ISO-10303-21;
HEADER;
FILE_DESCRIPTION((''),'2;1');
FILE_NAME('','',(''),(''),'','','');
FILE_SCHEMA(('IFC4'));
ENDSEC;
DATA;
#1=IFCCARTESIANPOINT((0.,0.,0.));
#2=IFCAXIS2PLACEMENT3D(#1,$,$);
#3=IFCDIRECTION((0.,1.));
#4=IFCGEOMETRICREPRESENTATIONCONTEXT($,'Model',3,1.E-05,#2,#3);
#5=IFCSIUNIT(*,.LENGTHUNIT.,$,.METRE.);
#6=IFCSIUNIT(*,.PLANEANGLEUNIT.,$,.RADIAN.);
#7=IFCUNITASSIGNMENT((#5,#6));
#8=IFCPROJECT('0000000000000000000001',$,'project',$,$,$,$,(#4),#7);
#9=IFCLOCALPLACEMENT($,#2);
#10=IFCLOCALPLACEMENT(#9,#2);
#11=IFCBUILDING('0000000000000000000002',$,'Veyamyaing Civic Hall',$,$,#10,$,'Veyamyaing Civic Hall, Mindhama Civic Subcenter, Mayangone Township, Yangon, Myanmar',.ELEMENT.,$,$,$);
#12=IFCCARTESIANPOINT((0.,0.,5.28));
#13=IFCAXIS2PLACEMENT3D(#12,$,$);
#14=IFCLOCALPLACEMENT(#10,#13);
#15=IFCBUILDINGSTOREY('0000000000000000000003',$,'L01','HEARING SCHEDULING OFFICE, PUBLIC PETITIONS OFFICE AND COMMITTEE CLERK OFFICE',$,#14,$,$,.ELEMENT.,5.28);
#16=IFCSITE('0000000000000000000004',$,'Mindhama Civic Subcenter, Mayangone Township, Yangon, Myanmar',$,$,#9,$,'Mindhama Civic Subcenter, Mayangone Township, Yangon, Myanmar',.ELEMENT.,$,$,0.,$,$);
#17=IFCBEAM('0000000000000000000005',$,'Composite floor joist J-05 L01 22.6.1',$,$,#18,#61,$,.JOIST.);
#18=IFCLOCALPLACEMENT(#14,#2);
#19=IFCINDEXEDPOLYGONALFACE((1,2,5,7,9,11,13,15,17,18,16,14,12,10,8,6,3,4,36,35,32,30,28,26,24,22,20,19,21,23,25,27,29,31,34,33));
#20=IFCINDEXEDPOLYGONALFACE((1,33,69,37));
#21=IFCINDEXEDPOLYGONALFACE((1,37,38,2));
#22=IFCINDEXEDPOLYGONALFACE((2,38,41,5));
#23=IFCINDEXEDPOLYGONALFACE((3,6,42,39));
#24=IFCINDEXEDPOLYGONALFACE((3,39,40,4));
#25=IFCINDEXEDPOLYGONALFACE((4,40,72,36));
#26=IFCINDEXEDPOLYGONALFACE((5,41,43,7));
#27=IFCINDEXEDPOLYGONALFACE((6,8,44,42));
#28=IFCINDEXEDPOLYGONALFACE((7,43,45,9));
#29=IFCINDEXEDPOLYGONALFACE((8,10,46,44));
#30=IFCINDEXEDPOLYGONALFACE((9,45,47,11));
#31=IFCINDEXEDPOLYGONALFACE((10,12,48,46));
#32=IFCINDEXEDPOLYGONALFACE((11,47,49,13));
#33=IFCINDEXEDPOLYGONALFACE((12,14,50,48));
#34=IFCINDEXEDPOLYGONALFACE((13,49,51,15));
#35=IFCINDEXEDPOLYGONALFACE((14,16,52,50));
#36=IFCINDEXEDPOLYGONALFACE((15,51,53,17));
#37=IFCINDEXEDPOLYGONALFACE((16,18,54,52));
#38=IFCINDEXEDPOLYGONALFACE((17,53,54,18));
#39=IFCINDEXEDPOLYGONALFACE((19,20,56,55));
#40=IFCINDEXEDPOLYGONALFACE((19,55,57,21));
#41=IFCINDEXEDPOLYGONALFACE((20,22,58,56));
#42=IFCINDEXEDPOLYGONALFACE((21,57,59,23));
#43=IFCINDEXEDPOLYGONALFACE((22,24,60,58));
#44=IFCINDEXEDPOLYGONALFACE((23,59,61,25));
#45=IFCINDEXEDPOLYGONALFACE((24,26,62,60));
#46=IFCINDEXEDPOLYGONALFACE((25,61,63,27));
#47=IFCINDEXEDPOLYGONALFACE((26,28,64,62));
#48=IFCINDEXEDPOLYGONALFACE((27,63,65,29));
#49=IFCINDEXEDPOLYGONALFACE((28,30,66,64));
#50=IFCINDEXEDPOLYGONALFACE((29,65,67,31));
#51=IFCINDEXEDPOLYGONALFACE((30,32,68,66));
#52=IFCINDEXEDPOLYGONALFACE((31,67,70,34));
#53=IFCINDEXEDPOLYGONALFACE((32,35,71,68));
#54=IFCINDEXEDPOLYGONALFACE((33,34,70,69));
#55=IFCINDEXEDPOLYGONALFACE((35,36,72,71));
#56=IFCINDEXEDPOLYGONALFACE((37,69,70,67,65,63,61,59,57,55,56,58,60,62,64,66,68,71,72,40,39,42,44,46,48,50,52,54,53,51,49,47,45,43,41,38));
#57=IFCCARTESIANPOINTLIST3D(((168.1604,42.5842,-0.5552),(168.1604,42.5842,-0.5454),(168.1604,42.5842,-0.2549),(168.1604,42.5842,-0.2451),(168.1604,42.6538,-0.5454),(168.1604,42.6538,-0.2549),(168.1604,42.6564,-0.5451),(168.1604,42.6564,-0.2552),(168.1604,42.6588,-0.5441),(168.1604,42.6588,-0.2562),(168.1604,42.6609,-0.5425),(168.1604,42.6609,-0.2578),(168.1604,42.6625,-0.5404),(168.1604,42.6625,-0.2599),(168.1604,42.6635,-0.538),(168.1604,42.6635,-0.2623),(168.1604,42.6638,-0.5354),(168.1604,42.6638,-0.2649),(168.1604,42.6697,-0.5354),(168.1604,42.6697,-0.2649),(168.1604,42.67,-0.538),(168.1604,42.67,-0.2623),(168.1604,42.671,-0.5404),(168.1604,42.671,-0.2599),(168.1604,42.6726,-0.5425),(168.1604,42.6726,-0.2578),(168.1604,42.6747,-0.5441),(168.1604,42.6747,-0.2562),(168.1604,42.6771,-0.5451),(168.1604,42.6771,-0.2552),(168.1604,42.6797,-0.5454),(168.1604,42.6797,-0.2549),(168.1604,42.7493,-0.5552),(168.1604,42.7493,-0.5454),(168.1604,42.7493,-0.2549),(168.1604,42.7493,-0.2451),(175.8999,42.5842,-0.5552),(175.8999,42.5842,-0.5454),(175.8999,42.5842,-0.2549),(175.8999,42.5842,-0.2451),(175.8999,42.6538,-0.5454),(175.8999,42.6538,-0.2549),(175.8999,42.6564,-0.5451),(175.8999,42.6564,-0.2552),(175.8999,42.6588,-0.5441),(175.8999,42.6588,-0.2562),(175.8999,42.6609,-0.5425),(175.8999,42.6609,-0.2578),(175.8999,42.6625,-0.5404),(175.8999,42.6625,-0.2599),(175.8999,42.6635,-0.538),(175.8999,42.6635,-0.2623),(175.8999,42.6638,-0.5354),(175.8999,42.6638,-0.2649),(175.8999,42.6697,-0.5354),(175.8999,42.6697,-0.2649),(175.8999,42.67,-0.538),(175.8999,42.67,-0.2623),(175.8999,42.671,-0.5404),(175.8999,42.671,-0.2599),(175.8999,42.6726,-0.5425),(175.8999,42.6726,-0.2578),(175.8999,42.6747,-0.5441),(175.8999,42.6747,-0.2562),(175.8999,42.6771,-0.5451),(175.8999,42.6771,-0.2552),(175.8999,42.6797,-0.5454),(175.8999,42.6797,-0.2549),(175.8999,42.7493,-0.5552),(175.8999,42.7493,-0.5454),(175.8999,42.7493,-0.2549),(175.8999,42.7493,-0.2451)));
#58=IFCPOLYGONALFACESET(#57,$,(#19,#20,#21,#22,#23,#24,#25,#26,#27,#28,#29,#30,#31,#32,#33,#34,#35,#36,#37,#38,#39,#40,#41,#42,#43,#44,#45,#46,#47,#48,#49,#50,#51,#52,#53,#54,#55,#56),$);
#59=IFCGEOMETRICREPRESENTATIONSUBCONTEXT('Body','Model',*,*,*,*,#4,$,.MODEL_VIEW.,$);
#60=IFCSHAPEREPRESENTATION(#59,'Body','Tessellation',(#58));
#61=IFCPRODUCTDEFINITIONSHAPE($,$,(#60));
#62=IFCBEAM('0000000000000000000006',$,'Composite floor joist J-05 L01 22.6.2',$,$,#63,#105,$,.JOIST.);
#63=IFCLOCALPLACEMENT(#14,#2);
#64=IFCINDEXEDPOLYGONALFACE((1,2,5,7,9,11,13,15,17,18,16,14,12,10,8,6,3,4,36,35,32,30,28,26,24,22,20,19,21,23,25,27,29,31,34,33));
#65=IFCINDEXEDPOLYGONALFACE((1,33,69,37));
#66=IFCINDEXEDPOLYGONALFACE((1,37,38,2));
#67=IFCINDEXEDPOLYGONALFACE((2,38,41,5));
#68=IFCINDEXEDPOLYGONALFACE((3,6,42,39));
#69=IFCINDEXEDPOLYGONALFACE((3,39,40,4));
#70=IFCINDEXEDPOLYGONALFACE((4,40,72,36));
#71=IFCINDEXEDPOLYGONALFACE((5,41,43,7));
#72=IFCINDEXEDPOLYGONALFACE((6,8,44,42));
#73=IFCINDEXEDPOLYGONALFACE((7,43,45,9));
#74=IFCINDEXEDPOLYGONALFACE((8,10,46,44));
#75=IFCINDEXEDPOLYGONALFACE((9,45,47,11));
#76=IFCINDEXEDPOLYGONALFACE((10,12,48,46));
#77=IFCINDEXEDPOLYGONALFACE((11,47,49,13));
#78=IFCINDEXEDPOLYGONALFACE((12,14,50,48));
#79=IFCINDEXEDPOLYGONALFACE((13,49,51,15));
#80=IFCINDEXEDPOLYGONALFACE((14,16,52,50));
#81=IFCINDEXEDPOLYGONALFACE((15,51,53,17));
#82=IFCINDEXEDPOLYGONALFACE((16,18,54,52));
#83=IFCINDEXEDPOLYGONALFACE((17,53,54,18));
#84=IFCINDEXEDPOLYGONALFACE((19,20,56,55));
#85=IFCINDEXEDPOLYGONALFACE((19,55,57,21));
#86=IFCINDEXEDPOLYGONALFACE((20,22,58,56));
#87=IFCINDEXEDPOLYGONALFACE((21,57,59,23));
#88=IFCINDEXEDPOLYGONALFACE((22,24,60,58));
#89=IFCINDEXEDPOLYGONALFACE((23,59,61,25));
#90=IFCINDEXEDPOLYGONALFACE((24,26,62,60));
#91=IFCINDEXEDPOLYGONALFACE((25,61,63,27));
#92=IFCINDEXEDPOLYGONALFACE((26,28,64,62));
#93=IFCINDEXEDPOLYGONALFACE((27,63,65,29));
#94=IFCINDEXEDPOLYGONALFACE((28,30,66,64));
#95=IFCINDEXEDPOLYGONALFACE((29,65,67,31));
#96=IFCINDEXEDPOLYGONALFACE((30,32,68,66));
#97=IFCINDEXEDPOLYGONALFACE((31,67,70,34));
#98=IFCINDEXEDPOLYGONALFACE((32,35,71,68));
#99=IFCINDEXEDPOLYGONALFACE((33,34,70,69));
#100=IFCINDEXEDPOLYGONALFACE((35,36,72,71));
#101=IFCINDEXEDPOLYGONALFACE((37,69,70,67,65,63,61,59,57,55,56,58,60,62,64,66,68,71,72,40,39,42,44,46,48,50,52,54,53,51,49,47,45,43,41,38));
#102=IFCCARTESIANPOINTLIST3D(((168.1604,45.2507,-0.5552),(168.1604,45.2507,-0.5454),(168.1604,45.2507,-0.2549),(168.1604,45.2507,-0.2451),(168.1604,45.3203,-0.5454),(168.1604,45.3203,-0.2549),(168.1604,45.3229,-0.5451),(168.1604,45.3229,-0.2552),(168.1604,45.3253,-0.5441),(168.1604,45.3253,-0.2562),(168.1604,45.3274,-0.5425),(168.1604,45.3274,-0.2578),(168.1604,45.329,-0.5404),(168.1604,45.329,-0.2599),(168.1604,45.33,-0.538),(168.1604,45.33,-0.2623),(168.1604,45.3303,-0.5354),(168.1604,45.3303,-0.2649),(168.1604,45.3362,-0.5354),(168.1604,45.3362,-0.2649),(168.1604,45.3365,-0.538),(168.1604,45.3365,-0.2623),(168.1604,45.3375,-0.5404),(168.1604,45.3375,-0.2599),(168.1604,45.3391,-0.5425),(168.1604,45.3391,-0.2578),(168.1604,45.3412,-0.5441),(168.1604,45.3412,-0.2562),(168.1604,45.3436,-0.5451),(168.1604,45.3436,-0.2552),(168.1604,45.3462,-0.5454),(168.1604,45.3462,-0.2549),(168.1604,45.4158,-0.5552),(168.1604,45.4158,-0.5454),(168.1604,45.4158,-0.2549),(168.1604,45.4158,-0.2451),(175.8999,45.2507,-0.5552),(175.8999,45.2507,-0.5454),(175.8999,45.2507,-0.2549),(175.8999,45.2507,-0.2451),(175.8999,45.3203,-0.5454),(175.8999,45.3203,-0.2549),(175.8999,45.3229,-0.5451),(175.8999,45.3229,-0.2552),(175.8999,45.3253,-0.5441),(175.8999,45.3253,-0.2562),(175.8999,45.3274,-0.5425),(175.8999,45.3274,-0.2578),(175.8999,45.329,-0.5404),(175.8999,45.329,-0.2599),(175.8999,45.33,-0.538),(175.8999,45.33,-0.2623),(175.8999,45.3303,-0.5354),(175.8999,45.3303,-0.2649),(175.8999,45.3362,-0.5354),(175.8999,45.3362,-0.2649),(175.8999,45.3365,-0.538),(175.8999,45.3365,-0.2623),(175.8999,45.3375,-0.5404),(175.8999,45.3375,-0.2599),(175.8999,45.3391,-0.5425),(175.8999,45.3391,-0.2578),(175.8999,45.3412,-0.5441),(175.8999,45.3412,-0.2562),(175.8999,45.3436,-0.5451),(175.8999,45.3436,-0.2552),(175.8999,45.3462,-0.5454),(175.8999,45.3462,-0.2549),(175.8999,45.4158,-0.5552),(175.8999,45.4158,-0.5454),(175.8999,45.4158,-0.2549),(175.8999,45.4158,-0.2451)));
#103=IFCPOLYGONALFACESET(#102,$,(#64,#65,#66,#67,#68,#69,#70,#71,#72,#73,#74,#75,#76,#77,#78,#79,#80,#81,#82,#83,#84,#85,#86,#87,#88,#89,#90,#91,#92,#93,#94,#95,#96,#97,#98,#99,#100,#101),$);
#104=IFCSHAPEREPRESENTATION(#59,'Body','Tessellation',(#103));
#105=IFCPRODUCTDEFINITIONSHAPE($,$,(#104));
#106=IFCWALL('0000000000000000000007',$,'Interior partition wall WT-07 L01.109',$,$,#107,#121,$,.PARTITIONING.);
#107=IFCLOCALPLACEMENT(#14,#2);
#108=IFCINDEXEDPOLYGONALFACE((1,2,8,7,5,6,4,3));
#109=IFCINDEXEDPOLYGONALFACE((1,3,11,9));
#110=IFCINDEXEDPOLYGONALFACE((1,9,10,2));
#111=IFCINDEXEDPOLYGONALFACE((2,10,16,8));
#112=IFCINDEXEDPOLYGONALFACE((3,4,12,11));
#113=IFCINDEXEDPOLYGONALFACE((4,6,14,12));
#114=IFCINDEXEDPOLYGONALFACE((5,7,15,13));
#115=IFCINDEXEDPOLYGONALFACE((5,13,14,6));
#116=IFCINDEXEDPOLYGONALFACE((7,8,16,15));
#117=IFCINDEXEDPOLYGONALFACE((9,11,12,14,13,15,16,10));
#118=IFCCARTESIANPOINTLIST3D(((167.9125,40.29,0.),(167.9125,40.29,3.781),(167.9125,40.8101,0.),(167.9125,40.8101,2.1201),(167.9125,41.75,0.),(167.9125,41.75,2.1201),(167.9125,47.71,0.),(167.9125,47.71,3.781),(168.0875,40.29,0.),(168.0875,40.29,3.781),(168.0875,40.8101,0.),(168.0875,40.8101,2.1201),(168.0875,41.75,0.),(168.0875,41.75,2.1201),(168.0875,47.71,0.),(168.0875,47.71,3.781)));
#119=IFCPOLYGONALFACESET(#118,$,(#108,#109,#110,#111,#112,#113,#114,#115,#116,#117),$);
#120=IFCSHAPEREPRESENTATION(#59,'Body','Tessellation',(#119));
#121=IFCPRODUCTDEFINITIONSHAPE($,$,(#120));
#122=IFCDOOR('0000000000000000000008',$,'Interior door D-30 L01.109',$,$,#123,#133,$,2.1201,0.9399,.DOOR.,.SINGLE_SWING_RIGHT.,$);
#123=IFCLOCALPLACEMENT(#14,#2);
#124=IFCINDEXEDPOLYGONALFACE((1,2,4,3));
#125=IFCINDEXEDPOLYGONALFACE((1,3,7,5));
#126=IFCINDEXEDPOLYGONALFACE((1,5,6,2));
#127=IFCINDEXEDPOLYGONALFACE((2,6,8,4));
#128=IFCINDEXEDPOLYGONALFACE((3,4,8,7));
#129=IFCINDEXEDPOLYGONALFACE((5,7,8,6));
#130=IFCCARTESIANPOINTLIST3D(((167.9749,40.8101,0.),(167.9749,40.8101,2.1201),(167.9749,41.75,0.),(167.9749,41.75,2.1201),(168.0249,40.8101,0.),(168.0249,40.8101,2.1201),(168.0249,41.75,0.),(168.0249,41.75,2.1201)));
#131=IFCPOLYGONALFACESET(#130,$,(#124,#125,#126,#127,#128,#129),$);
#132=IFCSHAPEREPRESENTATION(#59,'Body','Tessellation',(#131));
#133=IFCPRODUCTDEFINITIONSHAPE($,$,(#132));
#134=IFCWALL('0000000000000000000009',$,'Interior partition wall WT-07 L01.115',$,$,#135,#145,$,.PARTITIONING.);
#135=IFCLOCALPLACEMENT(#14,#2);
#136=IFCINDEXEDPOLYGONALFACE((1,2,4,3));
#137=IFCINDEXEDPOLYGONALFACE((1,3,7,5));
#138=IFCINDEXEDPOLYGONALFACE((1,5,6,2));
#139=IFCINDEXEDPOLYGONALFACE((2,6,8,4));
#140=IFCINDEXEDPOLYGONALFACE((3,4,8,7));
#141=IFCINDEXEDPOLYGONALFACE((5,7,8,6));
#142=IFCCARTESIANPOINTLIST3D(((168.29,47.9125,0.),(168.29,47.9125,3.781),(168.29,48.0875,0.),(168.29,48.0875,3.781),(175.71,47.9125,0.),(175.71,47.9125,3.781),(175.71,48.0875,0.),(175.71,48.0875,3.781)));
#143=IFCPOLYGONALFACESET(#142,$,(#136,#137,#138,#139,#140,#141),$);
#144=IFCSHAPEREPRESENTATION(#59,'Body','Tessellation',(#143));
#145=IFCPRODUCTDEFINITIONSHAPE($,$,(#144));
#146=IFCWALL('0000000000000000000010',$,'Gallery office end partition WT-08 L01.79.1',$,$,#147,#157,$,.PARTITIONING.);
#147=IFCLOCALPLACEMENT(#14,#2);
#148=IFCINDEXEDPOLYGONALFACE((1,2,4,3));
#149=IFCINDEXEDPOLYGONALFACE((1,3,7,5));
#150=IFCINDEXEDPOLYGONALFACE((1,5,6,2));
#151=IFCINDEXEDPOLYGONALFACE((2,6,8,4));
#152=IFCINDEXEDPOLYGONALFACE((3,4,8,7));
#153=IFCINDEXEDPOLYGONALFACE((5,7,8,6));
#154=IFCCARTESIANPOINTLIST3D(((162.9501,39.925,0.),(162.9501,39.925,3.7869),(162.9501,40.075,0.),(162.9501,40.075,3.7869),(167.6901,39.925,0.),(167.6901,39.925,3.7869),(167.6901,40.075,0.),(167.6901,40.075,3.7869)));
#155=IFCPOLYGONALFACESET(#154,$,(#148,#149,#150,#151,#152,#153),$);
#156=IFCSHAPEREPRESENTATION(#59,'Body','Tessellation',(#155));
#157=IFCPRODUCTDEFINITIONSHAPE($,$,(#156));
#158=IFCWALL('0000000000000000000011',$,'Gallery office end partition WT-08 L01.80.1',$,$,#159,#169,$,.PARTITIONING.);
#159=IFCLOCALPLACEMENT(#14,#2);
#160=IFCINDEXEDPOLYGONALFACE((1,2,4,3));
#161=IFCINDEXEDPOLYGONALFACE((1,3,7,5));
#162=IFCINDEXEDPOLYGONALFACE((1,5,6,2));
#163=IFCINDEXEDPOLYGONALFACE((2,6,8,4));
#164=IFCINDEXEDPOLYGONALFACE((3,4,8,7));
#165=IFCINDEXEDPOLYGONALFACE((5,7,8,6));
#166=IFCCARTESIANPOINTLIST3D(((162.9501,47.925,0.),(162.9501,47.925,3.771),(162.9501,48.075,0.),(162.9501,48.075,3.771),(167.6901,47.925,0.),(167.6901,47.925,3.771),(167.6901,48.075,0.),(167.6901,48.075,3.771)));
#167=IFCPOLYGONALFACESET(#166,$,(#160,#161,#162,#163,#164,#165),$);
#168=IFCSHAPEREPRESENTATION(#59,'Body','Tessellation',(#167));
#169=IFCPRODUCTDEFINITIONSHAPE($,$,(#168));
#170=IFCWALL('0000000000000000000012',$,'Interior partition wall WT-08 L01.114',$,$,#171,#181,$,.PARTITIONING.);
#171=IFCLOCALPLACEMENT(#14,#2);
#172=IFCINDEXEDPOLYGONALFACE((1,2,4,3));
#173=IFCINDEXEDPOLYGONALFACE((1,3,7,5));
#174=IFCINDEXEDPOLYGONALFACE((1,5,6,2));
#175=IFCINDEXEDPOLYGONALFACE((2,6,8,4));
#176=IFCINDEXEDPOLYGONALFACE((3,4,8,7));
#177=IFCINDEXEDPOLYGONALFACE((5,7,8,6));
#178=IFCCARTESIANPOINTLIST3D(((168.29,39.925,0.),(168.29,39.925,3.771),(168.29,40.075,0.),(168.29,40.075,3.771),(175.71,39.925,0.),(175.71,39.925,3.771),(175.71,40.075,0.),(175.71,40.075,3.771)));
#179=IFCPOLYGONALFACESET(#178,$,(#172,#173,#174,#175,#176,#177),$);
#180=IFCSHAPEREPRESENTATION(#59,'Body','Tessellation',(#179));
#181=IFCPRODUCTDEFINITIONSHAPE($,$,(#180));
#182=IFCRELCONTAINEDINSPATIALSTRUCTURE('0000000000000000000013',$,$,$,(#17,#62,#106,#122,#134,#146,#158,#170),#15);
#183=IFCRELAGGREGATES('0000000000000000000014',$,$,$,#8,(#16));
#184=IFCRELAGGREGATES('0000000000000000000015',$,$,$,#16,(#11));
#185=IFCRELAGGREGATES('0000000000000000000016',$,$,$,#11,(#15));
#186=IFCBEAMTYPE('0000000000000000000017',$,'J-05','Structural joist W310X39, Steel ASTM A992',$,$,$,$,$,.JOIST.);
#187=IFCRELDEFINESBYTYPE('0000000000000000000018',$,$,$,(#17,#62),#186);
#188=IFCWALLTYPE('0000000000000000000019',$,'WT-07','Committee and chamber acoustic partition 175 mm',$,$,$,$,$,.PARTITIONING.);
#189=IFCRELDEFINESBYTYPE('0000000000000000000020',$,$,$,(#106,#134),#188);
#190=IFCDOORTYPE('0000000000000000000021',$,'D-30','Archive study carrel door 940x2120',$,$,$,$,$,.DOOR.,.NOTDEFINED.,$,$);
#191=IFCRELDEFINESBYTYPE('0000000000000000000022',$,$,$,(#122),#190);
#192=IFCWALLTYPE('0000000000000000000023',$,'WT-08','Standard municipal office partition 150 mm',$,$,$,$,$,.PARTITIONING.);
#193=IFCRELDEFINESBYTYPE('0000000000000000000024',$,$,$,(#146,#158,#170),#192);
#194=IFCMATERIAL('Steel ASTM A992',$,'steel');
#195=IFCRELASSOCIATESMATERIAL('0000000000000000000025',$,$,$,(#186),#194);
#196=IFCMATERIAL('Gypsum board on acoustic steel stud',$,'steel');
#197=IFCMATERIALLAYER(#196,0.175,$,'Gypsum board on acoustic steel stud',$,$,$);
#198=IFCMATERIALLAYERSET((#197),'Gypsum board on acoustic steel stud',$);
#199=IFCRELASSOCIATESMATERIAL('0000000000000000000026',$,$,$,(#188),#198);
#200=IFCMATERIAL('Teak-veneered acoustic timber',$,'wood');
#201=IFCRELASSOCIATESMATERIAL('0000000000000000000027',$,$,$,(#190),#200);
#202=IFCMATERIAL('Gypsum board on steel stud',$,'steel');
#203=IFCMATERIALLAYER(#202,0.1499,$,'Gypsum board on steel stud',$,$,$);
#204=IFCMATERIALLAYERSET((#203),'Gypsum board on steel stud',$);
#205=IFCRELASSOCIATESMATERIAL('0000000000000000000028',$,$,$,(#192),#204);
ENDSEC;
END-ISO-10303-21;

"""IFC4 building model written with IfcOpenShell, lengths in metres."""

from ifc_helpers import new_model, si_unit, direction, frame, frame_2d, origin, origin_2d, place, context, subcontext, project, spatial, rectangle, i_section, extrude, material, layer, layer_set, material_profile, profile_set, type_object, element, fill, save


model = new_model("IFC4")

# Units and contexts
model_context = context("Model", 3, precision=1e-05, world=origin(), true_north=direction((0.0, 1.0)))
body_context = subcontext(model_context, "Body", "Model", "MODEL_VIEW")
ifc_project = project(units=[si_unit("LENGTHUNIT", "METRE"), si_unit("PLANEANGLEUNIT", "RADIAN")], contexts=[model_context])

# Site, building, storey
site_placement = place(None, origin())
site = spatial("IfcSite", under=ifc_project, at=site_placement, Name="Mindhama Civic Subcenter, Mayangone Township, Yangon, Myanmar", LongName="Mindhama Civic Subcenter, Mayangone Township, Yangon, Myanmar", CompositionType="ELEMENT", RefElevation=0.0)
building_placement = place(site_placement, origin())
building = spatial("IfcBuilding", under=site, at=building_placement, Name="Veyamyaing Civic Hall", LongName="Veyamyaing Civic Hall, Mindhama Civic Subcenter, Mayangone Township, Yangon, Myanmar", CompositionType="ELEMENT")
storey_placement = place(building_placement, frame((0.0, 0.0, 5.28)))
storey = spatial("IfcBuildingStorey", under=building, at=storey_placement, Name="L01", Description="HEARING SCHEDULING OFFICE, PUBLIC PETITIONS OFFICE AND COMMITTEE CLERK OFFICE", CompositionType="ELEMENT", Elevation=5.28)

# Shared definitions
ifc_material_1 = material(Name="Steel ASTM A992", Category="steel")

# Beams
ifc_material_profile_1 = material_profile(ifc_material_1, i_section(OverallWidth=0.165, OverallDepth=0.3101, WebThickness=0.0059, FlangeThickness=0.0098, FilletRadius=0.01, at=origin_2d()), Name="W310X39")
ifc_profile_set_1 = profile_set([ifc_material_profile_1], Name="Steel ASTM A992")
beam_type_1 = type_object("IfcBeamType", Name="J-05", Description="Structural joist W310X39, Steel ASTM A992", PredefinedType="JOIST", material=ifc_profile_set_1)
for number, where, z_axis, x_axis, name in (
    (1, (168.1604, 42.6667, -0.4001), (1.0, 0.0, 0.0), (0.0, 1.0, 0.0), "Composite floor joist J-05 L01 22.6.1"),
    (2, (168.1604, 45.3333, -0.4001), (1.0, 0.0, 0.0), (0.0, 1.0, 0.0), "Composite floor joist J-05 L01 22.6.2"),
):
    element("IfcBeam", number, at=place(storey_placement, frame(where, z_axis=z_axis, x_axis=x_axis)), inside=storey, type_object=beam_type_1, Name=name, PredefinedType="JOIST", context=body_context, shape_type="SweptSolid", body=[
        extrude(i_section(OverallWidth=0.165, OverallDepth=0.3101, WebThickness=0.0059, FlangeThickness=0.0098, FilletRadius=0.01, at=origin_2d()), origin(), (0.0, 0.0, 1.0), 7.7395),
    ])

# Wall, opening, door
ifc_material_2 = material(Name="Gypsum board on acoustic steel stud", Category="steel")
ifc_layer_1 = layer(ifc_material_2, 0.175, Name="Gypsum board on acoustic steel stud")
ifc_layer_set_1 = layer_set([ifc_layer_1], Name="Gypsum board on acoustic steel stud")
wall_type_1 = type_object("IfcWallType", Name="WT-07", Description="Committee and chamber acoustic partition 175 mm", PredefinedType="PARTITIONING", material=ifc_layer_set_1)
wall_1_placement = place(storey_placement, frame((168.0, 40.29, 0.0), z_axis=(0.0, 0.0, 1.0), x_axis=(0.0, 1.0, 0.0)))
wall_1 = element("IfcWall", 3, at=wall_1_placement, inside=storey, type_object=wall_type_1, Name="Interior partition wall WT-07 L01.109", PredefinedType="PARTITIONING", context=body_context, shape_type="SweptSolid", body=[
    extrude(rectangle(XDim=7.4199, YDim=0.175, at=frame_2d((3.71, 0.0))), origin(), (0.0, 0.0, 1.0), 3.781),
])
opening_1_placement = place(wall_1_placement, frame((0.52, 0.0, 0.0)))
opening_1 = element("IfcOpeningElement", 4, at=opening_1_placement, cuts=wall_1, PredefinedType="OPENING", context=body_context, shape_type="SweptSolid", body=[
    extrude(rectangle(XDim=0.9399, YDim=2.1201, at=frame_2d((0.47, 1.0601))), frame((0.0, 0.0974, 0.0), z_axis=(0.0, -1.0, 0.0), x_axis=(1.0, 0.0, 0.0)), (0.0, 0.0, 1.0), 0.1951),
])
ifc_material_3 = material(Name="Teak-veneered acoustic timber", Category="wood")
door_type_1 = type_object("IfcDoorType", Name="D-30", Description="Archive study carrel door 940x2120", OperationType="NOTDEFINED", PredefinedType="DOOR", material=ifc_material_3)
door_1_placement = place(opening_1_placement, frame((0.9399, 0.0, 0.0), z_axis=(0.0, 0.0, 1.0), x_axis=(-1.0, 0.0, 0.0)))
door_1 = element("IfcDoor", 5, at=door_1_placement, inside=storey, type_object=door_type_1, Name="Interior door D-30 L01.109", OperationType="SINGLE_SWING_RIGHT", OverallHeight=2.1201, OverallWidth=0.9399, PredefinedType="DOOR", context=body_context, shape_type="SweptSolid", body=[
    extrude(rectangle(XDim=0.9399, YDim=2.1201, at=frame_2d((0.47, 1.0601))), frame((0.0, 0.0249, 0.0), z_axis=(0.0, -1.0, 0.0), x_axis=(1.0, 0.0, 0.0)), (0.0, 0.0, 1.0), 0.05),
])
fill(opening_1, door_1)

# Walls
wall_2_placement = place(storey_placement, frame((168.29, 48.0, 0.0), z_axis=(0.0, 0.0, 1.0), x_axis=(1.0, 0.0, 0.0)))
element("IfcWall", 6, at=wall_2_placement, inside=storey, type_object=wall_type_1, Name="Interior partition wall WT-07 L01.115", PredefinedType="PARTITIONING", context=body_context, shape_type="SweptSolid", body=[
    extrude(rectangle(XDim=7.4199, YDim=0.175, at=frame_2d((3.71, 0.0))), origin(), (0.0, 0.0, 1.0), 3.781),
])
ifc_material_4 = material(Name="Gypsum board on steel stud", Category="steel")
ifc_layer_2 = layer(ifc_material_4, 0.1499, Name="Gypsum board on steel stud")
ifc_layer_set_2 = layer_set([ifc_layer_2], Name="Gypsum board on steel stud")
wall_type_2 = type_object("IfcWallType", Name="WT-08", Description="Standard municipal office partition 150 mm", PredefinedType="PARTITIONING", material=ifc_layer_set_2)
wall_3_placement = place(storey_placement, frame((162.95, 40.0, 0.0), z_axis=(0.0, 0.0, 1.0), x_axis=(1.0, 0.0, 0.0)))
element("IfcWall", 7, at=wall_3_placement, inside=storey, type_object=wall_type_2, Name="Gallery office end partition WT-08 L01.79.1", PredefinedType="PARTITIONING", context=body_context, shape_type="SweptSolid", body=[
    extrude(rectangle(XDim=4.74, YDim=0.1499, at=frame_2d((2.3701, 0.0))), origin(), (0.0, 0.0, 1.0), 3.7869),
])
wall_4_placement = place(storey_placement, frame((162.95, 48.0, 0.0), z_axis=(0.0, 0.0, 1.0), x_axis=(1.0, 0.0, 0.0)))
element("IfcWall", 8, at=wall_4_placement, inside=storey, type_object=wall_type_2, Name="Gallery office end partition WT-08 L01.80.1", PredefinedType="PARTITIONING", context=body_context, shape_type="SweptSolid", body=[
    extrude(rectangle(XDim=4.74, YDim=0.1499, at=frame_2d((2.3701, 0.0))), origin(), (0.0, 0.0, 1.0), 3.771),
])
wall_5_placement = place(storey_placement, frame((168.29, 40.0, 0.0), z_axis=(0.0, 0.0, 1.0), x_axis=(1.0, 0.0, 0.0)))
element("IfcWall", 9, at=wall_5_placement, inside=storey, type_object=wall_type_2, Name="Interior partition wall WT-08 L01.114", PredefinedType="PARTITIONING", context=body_context, shape_type="SweptSolid", body=[
    extrude(rectangle(XDim=7.4199, YDim=0.1499, at=frame_2d((3.71, 0.0))), origin(), (0.0, 0.0, 1.0), 3.771),
])

save(model, "model.ifc")
